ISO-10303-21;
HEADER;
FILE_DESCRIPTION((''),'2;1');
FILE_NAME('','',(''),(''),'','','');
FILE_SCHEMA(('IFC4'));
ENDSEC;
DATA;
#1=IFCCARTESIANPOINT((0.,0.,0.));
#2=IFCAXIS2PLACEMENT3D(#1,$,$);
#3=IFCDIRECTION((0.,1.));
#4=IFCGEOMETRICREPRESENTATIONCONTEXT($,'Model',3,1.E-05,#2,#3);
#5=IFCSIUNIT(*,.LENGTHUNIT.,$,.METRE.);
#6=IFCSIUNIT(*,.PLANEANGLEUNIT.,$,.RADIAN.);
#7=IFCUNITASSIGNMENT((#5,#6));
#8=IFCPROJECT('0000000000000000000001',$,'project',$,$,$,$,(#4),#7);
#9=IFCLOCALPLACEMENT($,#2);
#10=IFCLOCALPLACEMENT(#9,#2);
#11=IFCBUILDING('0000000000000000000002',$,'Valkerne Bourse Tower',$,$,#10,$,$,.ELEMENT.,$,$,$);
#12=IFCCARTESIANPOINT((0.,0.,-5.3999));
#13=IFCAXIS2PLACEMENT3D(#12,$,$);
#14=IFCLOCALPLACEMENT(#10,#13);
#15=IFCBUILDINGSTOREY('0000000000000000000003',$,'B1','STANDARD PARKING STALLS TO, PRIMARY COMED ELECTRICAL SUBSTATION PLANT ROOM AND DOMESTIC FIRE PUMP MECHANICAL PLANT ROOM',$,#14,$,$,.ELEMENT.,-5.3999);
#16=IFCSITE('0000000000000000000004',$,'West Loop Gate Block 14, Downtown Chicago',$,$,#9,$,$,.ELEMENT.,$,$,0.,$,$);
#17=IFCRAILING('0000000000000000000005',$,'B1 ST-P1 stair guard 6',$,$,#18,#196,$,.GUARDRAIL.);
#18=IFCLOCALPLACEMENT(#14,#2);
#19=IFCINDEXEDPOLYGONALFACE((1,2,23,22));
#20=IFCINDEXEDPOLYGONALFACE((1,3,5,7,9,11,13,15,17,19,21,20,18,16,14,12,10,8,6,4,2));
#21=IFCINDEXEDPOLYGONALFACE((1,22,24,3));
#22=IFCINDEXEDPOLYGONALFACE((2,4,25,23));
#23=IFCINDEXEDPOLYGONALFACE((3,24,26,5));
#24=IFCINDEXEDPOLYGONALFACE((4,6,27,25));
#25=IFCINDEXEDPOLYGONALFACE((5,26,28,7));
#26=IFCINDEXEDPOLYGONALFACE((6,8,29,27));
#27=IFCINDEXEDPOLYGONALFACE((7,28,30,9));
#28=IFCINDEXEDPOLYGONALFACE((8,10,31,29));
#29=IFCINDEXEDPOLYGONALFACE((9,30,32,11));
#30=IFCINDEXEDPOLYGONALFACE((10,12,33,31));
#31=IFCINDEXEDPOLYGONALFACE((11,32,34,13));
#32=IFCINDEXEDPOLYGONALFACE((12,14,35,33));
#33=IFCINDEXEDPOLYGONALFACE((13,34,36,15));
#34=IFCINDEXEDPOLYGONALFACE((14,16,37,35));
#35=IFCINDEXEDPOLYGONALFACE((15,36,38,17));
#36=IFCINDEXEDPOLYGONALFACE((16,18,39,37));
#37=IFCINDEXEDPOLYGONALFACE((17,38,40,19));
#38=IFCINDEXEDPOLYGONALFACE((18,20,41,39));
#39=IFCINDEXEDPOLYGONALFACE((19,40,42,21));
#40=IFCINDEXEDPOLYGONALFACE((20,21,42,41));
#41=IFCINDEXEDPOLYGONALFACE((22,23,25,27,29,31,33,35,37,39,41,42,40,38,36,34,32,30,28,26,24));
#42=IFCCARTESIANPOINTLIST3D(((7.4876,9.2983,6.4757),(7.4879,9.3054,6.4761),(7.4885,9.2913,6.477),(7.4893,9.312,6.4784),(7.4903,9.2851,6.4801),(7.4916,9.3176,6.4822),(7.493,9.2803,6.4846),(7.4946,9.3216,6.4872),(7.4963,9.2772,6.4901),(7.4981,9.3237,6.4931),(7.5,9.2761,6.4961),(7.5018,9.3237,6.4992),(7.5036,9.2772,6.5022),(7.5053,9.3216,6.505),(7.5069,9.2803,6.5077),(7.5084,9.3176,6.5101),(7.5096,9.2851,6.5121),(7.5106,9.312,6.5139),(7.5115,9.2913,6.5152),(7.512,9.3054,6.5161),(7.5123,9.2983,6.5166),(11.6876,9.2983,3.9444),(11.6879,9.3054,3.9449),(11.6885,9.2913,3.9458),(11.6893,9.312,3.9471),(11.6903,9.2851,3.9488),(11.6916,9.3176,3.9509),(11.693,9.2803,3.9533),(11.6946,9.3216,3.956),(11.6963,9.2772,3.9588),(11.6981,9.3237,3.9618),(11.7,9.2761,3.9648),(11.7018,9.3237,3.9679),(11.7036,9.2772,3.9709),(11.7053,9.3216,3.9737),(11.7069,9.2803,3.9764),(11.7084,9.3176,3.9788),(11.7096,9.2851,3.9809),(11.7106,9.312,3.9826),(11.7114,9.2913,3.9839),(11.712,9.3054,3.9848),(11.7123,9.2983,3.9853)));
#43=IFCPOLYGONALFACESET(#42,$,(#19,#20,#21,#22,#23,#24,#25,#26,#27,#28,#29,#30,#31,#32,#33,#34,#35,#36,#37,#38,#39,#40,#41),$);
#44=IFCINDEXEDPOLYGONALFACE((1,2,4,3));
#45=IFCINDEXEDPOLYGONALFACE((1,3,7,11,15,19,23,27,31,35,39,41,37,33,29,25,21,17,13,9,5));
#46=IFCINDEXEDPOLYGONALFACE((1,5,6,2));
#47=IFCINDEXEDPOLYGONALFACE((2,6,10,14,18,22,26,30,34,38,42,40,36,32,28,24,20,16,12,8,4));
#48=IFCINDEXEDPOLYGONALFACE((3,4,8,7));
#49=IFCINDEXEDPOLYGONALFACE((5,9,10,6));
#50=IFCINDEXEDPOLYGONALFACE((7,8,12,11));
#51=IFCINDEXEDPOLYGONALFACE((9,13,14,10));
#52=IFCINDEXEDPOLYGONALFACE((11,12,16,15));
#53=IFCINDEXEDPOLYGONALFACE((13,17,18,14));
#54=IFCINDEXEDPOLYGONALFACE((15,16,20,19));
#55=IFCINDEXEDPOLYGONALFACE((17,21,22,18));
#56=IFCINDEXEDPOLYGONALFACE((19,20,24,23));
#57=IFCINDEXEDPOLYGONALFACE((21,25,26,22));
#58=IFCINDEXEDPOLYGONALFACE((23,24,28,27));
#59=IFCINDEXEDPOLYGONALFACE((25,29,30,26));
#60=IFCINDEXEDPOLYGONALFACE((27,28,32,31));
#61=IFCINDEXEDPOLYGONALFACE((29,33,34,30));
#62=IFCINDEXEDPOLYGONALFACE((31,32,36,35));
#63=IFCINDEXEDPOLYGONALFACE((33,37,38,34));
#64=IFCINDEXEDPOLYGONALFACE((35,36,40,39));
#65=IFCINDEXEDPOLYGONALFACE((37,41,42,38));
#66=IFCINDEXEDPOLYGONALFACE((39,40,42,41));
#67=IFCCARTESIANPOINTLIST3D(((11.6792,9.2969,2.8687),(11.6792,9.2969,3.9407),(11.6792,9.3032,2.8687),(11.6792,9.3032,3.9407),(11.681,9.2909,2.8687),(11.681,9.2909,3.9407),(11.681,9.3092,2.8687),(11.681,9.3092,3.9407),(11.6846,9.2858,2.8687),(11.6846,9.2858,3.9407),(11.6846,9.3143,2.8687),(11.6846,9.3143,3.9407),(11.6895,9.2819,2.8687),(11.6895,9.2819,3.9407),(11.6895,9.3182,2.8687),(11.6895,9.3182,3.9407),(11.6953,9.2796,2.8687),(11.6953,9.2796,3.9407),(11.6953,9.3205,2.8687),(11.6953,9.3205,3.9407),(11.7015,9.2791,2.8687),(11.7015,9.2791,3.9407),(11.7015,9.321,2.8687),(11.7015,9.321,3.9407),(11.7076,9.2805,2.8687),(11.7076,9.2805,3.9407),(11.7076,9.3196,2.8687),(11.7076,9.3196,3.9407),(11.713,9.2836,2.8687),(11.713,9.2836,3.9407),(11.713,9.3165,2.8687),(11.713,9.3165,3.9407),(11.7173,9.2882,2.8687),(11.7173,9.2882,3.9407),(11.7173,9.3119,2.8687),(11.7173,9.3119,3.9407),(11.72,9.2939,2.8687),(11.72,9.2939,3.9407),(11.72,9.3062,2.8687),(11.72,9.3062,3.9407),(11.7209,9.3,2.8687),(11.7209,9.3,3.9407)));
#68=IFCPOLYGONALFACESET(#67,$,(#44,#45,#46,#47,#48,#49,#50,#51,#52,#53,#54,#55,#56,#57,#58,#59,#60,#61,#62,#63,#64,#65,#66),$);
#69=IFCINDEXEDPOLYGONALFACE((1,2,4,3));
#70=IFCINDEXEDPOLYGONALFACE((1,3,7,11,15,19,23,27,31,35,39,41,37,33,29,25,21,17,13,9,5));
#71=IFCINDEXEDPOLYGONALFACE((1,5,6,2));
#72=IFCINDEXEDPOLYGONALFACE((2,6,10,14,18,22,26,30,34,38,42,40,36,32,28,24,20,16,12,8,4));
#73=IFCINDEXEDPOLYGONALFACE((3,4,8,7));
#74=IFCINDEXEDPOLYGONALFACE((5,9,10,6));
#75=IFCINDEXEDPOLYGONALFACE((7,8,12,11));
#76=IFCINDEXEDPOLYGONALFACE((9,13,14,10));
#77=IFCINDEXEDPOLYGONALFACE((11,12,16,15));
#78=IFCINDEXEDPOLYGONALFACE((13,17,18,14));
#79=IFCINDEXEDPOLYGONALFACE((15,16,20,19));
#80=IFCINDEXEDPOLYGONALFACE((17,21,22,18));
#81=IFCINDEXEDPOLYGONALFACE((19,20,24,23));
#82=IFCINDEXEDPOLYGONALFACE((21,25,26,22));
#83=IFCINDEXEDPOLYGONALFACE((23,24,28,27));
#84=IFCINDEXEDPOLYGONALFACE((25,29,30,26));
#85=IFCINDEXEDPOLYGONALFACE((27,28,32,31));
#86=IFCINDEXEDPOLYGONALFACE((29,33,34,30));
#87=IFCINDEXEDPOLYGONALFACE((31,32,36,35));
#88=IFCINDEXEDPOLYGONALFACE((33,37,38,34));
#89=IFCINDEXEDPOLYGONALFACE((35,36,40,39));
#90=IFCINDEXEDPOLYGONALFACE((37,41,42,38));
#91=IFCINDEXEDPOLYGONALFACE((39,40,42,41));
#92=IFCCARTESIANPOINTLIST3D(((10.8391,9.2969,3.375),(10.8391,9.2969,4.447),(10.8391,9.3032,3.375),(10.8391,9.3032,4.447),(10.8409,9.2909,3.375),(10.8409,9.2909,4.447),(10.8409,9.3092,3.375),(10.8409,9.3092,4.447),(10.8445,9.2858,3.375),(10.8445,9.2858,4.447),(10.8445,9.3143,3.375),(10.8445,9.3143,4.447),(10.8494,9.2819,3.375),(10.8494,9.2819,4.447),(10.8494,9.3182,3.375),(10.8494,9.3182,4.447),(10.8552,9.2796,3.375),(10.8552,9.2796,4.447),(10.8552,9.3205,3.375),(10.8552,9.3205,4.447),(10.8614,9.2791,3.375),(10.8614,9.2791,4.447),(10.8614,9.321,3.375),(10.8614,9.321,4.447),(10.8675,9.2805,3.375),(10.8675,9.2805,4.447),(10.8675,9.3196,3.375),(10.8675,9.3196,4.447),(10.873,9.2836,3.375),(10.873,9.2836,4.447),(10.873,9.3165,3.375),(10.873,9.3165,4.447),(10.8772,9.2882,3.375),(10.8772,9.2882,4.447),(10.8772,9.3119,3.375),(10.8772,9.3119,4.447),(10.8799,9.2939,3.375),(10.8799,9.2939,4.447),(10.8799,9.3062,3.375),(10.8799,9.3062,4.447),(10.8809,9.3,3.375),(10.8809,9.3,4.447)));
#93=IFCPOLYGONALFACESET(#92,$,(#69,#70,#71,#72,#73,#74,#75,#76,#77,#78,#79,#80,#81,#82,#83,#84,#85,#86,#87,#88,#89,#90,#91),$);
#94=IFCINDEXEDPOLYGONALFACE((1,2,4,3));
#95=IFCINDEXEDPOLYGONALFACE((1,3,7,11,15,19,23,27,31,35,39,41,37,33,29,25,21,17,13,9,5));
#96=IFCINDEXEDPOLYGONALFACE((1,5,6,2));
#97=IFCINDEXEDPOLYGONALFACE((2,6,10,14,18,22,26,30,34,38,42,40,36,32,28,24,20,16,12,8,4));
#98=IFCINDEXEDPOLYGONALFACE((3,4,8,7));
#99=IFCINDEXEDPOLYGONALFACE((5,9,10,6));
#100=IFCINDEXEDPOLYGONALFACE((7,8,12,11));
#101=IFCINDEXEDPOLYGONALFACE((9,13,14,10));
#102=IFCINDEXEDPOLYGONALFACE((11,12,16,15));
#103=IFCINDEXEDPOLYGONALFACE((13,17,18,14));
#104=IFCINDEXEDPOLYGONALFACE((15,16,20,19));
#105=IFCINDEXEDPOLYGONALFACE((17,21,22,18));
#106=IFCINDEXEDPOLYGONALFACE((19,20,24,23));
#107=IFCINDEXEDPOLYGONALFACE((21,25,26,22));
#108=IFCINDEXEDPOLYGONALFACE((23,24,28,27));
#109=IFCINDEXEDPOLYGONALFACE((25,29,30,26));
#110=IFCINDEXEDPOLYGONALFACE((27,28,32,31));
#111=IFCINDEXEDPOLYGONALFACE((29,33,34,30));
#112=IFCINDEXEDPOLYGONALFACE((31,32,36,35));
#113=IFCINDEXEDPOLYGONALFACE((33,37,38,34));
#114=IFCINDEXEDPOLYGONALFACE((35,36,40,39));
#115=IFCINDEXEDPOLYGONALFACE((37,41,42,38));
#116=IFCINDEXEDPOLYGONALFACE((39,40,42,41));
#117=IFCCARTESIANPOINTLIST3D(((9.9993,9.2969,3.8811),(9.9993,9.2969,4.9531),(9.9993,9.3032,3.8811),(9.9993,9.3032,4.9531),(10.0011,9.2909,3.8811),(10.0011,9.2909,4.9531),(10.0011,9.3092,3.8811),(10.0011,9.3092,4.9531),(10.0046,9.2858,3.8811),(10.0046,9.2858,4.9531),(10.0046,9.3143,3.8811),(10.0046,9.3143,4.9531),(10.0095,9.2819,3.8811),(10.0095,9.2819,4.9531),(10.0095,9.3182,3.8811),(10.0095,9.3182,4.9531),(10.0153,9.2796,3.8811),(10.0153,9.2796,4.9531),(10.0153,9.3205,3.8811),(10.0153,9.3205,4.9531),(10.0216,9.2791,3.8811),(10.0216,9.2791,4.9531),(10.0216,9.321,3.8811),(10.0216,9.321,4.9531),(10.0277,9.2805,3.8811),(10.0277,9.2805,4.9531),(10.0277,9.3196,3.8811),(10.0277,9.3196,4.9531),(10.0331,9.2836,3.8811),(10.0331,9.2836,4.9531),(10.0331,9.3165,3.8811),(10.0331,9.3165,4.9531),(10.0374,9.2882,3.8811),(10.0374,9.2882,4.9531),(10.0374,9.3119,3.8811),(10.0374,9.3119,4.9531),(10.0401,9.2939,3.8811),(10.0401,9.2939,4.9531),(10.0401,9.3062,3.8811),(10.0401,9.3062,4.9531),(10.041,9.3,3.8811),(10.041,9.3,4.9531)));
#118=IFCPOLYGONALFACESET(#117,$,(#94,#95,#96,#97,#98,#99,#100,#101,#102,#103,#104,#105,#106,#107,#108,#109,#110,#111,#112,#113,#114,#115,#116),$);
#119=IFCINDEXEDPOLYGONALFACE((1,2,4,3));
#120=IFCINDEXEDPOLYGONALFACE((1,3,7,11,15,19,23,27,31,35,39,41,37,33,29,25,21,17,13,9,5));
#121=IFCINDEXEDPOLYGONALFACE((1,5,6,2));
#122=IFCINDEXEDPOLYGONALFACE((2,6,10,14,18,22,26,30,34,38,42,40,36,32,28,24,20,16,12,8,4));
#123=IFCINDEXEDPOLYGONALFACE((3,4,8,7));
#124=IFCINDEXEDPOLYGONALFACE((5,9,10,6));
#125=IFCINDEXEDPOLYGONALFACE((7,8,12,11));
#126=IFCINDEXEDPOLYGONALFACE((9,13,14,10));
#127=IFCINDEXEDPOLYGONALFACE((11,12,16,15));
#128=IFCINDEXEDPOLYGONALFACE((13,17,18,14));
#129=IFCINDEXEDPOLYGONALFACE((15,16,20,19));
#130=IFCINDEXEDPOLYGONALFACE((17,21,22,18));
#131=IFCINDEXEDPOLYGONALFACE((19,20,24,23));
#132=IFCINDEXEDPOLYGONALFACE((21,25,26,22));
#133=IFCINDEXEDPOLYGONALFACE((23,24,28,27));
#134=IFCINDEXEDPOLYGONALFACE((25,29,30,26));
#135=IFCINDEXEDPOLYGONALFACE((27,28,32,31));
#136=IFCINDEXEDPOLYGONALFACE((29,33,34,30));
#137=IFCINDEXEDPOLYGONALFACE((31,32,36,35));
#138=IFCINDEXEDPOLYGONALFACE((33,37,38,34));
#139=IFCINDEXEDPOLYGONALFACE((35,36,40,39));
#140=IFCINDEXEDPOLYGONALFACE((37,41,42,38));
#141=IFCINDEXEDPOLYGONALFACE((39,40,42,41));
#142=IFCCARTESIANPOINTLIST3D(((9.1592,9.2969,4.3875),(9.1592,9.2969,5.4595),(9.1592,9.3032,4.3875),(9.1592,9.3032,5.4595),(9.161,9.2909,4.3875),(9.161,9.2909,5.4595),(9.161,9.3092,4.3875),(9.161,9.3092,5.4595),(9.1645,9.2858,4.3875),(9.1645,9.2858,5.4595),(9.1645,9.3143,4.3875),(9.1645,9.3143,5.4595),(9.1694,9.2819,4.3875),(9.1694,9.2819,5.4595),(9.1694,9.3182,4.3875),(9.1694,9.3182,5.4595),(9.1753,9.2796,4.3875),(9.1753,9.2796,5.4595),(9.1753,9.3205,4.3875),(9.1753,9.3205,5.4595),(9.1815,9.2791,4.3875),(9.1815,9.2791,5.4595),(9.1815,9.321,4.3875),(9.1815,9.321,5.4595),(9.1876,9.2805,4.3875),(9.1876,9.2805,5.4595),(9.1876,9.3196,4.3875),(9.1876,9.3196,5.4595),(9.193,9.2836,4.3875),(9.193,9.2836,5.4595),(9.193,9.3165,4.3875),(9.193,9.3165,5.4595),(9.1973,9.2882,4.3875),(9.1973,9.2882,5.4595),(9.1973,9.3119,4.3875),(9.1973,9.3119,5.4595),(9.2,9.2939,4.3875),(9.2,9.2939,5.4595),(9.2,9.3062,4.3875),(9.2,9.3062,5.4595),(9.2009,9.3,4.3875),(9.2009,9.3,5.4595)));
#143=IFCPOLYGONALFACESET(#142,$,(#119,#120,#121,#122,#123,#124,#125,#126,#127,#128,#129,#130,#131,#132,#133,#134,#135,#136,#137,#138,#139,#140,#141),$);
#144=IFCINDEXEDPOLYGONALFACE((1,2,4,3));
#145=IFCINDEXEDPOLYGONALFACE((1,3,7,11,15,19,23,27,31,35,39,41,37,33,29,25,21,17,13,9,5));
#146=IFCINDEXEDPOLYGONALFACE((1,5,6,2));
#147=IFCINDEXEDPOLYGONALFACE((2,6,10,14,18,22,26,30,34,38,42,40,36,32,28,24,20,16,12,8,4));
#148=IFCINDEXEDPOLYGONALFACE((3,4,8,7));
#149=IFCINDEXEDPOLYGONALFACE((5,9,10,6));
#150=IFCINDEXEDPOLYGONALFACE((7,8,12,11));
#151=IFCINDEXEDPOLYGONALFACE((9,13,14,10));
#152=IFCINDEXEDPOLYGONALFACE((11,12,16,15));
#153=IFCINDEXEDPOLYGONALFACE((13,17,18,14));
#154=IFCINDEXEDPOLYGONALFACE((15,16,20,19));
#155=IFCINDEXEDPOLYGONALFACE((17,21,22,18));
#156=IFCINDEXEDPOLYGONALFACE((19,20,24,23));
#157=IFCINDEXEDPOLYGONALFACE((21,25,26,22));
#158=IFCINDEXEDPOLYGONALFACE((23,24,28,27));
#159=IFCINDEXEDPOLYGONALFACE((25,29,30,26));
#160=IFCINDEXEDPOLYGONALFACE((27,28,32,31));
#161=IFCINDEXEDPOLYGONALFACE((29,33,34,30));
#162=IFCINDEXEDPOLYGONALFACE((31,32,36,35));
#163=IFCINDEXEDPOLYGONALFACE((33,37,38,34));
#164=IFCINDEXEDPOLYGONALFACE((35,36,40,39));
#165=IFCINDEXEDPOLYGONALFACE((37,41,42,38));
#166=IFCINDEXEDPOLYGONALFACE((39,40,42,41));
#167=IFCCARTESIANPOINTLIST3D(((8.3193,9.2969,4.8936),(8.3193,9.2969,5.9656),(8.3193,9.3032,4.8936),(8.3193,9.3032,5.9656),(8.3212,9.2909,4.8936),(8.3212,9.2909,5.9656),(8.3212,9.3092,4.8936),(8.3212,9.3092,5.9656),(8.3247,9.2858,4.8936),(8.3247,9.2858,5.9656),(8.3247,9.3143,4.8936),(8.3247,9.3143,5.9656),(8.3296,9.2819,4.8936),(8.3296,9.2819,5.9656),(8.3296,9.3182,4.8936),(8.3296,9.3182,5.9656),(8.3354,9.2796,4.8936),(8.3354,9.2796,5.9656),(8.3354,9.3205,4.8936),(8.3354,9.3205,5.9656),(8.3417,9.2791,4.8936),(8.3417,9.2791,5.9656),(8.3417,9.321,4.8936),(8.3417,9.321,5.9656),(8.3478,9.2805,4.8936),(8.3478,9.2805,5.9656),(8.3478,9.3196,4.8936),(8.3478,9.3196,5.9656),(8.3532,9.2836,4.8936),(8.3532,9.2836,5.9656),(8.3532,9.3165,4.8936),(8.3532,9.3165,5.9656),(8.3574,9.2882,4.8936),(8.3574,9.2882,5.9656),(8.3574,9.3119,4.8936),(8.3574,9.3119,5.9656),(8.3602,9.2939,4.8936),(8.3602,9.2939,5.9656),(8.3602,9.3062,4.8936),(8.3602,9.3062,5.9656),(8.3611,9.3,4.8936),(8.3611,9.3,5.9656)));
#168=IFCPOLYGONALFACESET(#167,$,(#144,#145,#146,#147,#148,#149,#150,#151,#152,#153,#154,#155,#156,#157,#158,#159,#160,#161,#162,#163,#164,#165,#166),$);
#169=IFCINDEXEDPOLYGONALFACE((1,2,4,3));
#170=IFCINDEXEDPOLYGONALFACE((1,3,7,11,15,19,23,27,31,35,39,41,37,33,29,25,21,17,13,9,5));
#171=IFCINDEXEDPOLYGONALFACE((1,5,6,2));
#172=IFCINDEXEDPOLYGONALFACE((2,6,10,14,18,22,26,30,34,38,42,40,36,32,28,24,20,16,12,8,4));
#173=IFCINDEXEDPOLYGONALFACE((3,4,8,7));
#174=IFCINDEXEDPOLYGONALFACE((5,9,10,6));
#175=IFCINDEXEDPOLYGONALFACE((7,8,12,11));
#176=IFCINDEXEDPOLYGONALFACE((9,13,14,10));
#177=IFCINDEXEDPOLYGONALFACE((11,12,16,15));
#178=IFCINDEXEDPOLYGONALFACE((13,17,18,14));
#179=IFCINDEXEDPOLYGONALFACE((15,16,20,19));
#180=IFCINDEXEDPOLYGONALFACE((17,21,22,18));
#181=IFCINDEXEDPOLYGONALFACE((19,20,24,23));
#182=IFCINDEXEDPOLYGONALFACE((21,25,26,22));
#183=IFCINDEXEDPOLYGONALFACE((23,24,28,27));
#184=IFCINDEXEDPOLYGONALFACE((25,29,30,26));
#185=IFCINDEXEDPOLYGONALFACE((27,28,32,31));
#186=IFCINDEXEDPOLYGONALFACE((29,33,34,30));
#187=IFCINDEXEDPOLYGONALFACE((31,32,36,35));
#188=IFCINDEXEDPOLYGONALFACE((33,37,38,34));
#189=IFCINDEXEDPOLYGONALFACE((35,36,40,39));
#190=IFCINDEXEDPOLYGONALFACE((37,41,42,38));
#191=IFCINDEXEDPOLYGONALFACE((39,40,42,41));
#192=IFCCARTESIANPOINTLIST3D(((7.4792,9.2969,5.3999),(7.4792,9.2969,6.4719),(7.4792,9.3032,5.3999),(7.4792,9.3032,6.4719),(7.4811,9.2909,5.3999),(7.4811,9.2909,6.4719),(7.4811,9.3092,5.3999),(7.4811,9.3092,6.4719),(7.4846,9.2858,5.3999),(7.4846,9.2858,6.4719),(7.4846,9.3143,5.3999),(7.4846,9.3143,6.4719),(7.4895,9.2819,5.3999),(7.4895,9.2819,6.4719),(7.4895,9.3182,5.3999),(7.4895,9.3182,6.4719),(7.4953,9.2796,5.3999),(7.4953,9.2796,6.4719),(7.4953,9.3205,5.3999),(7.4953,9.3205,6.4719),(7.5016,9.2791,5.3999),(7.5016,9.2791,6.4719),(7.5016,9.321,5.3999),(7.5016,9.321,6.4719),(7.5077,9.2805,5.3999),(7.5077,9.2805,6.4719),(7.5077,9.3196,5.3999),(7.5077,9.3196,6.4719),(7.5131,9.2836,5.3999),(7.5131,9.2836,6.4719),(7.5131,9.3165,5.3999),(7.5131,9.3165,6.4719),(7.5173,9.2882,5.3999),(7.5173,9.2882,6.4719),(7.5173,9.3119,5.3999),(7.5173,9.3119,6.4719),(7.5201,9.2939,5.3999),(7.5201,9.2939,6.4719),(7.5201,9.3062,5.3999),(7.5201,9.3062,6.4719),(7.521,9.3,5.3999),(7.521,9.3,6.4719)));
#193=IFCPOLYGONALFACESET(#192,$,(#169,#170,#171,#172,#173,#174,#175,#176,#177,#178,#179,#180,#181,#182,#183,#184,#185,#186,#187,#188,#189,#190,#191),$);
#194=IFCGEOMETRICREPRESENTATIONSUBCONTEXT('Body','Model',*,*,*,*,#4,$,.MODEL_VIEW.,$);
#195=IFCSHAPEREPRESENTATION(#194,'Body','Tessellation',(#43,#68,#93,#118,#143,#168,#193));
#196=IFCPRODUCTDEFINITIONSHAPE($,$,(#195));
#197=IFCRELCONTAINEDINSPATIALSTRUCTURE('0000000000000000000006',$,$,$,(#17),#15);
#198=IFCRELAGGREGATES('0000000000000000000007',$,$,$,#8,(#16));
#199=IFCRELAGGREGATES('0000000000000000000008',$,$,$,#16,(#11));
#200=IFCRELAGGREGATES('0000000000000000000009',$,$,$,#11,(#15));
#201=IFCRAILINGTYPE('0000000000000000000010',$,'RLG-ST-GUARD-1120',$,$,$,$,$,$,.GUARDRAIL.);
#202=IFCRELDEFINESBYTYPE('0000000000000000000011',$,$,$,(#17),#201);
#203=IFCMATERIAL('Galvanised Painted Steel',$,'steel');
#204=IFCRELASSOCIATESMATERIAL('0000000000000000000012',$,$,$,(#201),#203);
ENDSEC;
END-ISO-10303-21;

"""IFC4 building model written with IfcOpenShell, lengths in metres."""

from ifc_helpers import new_model, si_unit, direction, frame, origin, origin_2d, place, context, subcontext, project, spatial, circle, extrude, material, type_object, element, save


model = new_model("IFC4")

# Units and contexts
model_context = context("Model", 3, precision=1e-05, world=origin(), true_north=direction((0.0, 1.0)))
body_context = subcontext(model_context, "Body", "Model", "MODEL_VIEW")
ifc_project = project(units=[si_unit("LENGTHUNIT", "METRE"), si_unit("PLANEANGLEUNIT", "RADIAN")], contexts=[model_context])

# Site, building, storey
site_placement = place(None, origin())
site = spatial("IfcSite", under=ifc_project, at=site_placement, Name="West Loop Gate Block 14, Downtown Chicago", CompositionType="ELEMENT", RefElevation=0.0)
building_placement = place(site_placement, origin())
building = spatial("IfcBuilding", under=site, at=building_placement, Name="Valkerne Bourse Tower", CompositionType="ELEMENT")
storey_placement = place(building_placement, frame((0.0, 0.0, -5.3999)))
storey = spatial("IfcBuildingStorey", under=building, at=storey_placement, Name="B1", Description="STANDARD PARKING STALLS TO, PRIMARY COMED ELECTRICAL SUBSTATION PLANT ROOM AND DOMESTIC FIRE PUMP MECHANICAL PLANT ROOM", CompositionType="ELEMENT", Elevation=-5.3999)

# Shared definitions
ifc_material_1 = material(Name="Galvanised Painted Steel", Category="steel")

# Railing
railing_type_1 = type_object("IfcRailingType", Name="RLG-ST-GUARD-1120", PredefinedType="GUARDRAIL", material=ifc_material_1)
railing_1_placement = place(storey_placement, frame((11.7, 9.3, 2.8687)))
element("IfcRailing", 1, at=railing_1_placement, inside=storey, type_object=railing_type_1, Name="B1 ST-P1 stair guard 6", PredefinedType="GUARDRAIL", context=body_context, shape_type="SweptSolid", body=[
    extrude(circle(Radius=0.0239, at=origin_2d()), frame((0.0, 0.0, 1.0962), z_axis=(-0.856476, 0.0, 0.516186), x_axis=(0.0, -1.0, 0.0)), (0.0, 0.0, 1.0), 4.9038),
    extrude(circle(Radius=0.021, at=origin_2d()), origin(), (0.0, 0.0, 1.0), 1.072),
    extrude(circle(Radius=0.021, at=origin_2d()), frame((-0.8401, 0.0, 0.5063)), (0.0, 0.0, 1.0), 1.072),
    extrude(circle(Radius=0.021, at=origin_2d()), frame((-1.6799, 0.0, 1.0125)), (0.0, 0.0, 1.0), 1.072),
    extrude(circle(Radius=0.021, at=origin_2d()), frame((-2.52, 0.0, 1.5188)), (0.0, 0.0, 1.0), 1.072),
    extrude(circle(Radius=0.021, at=origin_2d()), frame((-3.3599, 0.0, 2.0249)), (0.0, 0.0, 1.0), 1.072),
    extrude(circle(Radius=0.021, at=origin_2d()), frame((-4.2, 0.0, 2.5312)), (0.0, 0.0, 1.0), 1.072),
])

save(model, "model.ifc")
